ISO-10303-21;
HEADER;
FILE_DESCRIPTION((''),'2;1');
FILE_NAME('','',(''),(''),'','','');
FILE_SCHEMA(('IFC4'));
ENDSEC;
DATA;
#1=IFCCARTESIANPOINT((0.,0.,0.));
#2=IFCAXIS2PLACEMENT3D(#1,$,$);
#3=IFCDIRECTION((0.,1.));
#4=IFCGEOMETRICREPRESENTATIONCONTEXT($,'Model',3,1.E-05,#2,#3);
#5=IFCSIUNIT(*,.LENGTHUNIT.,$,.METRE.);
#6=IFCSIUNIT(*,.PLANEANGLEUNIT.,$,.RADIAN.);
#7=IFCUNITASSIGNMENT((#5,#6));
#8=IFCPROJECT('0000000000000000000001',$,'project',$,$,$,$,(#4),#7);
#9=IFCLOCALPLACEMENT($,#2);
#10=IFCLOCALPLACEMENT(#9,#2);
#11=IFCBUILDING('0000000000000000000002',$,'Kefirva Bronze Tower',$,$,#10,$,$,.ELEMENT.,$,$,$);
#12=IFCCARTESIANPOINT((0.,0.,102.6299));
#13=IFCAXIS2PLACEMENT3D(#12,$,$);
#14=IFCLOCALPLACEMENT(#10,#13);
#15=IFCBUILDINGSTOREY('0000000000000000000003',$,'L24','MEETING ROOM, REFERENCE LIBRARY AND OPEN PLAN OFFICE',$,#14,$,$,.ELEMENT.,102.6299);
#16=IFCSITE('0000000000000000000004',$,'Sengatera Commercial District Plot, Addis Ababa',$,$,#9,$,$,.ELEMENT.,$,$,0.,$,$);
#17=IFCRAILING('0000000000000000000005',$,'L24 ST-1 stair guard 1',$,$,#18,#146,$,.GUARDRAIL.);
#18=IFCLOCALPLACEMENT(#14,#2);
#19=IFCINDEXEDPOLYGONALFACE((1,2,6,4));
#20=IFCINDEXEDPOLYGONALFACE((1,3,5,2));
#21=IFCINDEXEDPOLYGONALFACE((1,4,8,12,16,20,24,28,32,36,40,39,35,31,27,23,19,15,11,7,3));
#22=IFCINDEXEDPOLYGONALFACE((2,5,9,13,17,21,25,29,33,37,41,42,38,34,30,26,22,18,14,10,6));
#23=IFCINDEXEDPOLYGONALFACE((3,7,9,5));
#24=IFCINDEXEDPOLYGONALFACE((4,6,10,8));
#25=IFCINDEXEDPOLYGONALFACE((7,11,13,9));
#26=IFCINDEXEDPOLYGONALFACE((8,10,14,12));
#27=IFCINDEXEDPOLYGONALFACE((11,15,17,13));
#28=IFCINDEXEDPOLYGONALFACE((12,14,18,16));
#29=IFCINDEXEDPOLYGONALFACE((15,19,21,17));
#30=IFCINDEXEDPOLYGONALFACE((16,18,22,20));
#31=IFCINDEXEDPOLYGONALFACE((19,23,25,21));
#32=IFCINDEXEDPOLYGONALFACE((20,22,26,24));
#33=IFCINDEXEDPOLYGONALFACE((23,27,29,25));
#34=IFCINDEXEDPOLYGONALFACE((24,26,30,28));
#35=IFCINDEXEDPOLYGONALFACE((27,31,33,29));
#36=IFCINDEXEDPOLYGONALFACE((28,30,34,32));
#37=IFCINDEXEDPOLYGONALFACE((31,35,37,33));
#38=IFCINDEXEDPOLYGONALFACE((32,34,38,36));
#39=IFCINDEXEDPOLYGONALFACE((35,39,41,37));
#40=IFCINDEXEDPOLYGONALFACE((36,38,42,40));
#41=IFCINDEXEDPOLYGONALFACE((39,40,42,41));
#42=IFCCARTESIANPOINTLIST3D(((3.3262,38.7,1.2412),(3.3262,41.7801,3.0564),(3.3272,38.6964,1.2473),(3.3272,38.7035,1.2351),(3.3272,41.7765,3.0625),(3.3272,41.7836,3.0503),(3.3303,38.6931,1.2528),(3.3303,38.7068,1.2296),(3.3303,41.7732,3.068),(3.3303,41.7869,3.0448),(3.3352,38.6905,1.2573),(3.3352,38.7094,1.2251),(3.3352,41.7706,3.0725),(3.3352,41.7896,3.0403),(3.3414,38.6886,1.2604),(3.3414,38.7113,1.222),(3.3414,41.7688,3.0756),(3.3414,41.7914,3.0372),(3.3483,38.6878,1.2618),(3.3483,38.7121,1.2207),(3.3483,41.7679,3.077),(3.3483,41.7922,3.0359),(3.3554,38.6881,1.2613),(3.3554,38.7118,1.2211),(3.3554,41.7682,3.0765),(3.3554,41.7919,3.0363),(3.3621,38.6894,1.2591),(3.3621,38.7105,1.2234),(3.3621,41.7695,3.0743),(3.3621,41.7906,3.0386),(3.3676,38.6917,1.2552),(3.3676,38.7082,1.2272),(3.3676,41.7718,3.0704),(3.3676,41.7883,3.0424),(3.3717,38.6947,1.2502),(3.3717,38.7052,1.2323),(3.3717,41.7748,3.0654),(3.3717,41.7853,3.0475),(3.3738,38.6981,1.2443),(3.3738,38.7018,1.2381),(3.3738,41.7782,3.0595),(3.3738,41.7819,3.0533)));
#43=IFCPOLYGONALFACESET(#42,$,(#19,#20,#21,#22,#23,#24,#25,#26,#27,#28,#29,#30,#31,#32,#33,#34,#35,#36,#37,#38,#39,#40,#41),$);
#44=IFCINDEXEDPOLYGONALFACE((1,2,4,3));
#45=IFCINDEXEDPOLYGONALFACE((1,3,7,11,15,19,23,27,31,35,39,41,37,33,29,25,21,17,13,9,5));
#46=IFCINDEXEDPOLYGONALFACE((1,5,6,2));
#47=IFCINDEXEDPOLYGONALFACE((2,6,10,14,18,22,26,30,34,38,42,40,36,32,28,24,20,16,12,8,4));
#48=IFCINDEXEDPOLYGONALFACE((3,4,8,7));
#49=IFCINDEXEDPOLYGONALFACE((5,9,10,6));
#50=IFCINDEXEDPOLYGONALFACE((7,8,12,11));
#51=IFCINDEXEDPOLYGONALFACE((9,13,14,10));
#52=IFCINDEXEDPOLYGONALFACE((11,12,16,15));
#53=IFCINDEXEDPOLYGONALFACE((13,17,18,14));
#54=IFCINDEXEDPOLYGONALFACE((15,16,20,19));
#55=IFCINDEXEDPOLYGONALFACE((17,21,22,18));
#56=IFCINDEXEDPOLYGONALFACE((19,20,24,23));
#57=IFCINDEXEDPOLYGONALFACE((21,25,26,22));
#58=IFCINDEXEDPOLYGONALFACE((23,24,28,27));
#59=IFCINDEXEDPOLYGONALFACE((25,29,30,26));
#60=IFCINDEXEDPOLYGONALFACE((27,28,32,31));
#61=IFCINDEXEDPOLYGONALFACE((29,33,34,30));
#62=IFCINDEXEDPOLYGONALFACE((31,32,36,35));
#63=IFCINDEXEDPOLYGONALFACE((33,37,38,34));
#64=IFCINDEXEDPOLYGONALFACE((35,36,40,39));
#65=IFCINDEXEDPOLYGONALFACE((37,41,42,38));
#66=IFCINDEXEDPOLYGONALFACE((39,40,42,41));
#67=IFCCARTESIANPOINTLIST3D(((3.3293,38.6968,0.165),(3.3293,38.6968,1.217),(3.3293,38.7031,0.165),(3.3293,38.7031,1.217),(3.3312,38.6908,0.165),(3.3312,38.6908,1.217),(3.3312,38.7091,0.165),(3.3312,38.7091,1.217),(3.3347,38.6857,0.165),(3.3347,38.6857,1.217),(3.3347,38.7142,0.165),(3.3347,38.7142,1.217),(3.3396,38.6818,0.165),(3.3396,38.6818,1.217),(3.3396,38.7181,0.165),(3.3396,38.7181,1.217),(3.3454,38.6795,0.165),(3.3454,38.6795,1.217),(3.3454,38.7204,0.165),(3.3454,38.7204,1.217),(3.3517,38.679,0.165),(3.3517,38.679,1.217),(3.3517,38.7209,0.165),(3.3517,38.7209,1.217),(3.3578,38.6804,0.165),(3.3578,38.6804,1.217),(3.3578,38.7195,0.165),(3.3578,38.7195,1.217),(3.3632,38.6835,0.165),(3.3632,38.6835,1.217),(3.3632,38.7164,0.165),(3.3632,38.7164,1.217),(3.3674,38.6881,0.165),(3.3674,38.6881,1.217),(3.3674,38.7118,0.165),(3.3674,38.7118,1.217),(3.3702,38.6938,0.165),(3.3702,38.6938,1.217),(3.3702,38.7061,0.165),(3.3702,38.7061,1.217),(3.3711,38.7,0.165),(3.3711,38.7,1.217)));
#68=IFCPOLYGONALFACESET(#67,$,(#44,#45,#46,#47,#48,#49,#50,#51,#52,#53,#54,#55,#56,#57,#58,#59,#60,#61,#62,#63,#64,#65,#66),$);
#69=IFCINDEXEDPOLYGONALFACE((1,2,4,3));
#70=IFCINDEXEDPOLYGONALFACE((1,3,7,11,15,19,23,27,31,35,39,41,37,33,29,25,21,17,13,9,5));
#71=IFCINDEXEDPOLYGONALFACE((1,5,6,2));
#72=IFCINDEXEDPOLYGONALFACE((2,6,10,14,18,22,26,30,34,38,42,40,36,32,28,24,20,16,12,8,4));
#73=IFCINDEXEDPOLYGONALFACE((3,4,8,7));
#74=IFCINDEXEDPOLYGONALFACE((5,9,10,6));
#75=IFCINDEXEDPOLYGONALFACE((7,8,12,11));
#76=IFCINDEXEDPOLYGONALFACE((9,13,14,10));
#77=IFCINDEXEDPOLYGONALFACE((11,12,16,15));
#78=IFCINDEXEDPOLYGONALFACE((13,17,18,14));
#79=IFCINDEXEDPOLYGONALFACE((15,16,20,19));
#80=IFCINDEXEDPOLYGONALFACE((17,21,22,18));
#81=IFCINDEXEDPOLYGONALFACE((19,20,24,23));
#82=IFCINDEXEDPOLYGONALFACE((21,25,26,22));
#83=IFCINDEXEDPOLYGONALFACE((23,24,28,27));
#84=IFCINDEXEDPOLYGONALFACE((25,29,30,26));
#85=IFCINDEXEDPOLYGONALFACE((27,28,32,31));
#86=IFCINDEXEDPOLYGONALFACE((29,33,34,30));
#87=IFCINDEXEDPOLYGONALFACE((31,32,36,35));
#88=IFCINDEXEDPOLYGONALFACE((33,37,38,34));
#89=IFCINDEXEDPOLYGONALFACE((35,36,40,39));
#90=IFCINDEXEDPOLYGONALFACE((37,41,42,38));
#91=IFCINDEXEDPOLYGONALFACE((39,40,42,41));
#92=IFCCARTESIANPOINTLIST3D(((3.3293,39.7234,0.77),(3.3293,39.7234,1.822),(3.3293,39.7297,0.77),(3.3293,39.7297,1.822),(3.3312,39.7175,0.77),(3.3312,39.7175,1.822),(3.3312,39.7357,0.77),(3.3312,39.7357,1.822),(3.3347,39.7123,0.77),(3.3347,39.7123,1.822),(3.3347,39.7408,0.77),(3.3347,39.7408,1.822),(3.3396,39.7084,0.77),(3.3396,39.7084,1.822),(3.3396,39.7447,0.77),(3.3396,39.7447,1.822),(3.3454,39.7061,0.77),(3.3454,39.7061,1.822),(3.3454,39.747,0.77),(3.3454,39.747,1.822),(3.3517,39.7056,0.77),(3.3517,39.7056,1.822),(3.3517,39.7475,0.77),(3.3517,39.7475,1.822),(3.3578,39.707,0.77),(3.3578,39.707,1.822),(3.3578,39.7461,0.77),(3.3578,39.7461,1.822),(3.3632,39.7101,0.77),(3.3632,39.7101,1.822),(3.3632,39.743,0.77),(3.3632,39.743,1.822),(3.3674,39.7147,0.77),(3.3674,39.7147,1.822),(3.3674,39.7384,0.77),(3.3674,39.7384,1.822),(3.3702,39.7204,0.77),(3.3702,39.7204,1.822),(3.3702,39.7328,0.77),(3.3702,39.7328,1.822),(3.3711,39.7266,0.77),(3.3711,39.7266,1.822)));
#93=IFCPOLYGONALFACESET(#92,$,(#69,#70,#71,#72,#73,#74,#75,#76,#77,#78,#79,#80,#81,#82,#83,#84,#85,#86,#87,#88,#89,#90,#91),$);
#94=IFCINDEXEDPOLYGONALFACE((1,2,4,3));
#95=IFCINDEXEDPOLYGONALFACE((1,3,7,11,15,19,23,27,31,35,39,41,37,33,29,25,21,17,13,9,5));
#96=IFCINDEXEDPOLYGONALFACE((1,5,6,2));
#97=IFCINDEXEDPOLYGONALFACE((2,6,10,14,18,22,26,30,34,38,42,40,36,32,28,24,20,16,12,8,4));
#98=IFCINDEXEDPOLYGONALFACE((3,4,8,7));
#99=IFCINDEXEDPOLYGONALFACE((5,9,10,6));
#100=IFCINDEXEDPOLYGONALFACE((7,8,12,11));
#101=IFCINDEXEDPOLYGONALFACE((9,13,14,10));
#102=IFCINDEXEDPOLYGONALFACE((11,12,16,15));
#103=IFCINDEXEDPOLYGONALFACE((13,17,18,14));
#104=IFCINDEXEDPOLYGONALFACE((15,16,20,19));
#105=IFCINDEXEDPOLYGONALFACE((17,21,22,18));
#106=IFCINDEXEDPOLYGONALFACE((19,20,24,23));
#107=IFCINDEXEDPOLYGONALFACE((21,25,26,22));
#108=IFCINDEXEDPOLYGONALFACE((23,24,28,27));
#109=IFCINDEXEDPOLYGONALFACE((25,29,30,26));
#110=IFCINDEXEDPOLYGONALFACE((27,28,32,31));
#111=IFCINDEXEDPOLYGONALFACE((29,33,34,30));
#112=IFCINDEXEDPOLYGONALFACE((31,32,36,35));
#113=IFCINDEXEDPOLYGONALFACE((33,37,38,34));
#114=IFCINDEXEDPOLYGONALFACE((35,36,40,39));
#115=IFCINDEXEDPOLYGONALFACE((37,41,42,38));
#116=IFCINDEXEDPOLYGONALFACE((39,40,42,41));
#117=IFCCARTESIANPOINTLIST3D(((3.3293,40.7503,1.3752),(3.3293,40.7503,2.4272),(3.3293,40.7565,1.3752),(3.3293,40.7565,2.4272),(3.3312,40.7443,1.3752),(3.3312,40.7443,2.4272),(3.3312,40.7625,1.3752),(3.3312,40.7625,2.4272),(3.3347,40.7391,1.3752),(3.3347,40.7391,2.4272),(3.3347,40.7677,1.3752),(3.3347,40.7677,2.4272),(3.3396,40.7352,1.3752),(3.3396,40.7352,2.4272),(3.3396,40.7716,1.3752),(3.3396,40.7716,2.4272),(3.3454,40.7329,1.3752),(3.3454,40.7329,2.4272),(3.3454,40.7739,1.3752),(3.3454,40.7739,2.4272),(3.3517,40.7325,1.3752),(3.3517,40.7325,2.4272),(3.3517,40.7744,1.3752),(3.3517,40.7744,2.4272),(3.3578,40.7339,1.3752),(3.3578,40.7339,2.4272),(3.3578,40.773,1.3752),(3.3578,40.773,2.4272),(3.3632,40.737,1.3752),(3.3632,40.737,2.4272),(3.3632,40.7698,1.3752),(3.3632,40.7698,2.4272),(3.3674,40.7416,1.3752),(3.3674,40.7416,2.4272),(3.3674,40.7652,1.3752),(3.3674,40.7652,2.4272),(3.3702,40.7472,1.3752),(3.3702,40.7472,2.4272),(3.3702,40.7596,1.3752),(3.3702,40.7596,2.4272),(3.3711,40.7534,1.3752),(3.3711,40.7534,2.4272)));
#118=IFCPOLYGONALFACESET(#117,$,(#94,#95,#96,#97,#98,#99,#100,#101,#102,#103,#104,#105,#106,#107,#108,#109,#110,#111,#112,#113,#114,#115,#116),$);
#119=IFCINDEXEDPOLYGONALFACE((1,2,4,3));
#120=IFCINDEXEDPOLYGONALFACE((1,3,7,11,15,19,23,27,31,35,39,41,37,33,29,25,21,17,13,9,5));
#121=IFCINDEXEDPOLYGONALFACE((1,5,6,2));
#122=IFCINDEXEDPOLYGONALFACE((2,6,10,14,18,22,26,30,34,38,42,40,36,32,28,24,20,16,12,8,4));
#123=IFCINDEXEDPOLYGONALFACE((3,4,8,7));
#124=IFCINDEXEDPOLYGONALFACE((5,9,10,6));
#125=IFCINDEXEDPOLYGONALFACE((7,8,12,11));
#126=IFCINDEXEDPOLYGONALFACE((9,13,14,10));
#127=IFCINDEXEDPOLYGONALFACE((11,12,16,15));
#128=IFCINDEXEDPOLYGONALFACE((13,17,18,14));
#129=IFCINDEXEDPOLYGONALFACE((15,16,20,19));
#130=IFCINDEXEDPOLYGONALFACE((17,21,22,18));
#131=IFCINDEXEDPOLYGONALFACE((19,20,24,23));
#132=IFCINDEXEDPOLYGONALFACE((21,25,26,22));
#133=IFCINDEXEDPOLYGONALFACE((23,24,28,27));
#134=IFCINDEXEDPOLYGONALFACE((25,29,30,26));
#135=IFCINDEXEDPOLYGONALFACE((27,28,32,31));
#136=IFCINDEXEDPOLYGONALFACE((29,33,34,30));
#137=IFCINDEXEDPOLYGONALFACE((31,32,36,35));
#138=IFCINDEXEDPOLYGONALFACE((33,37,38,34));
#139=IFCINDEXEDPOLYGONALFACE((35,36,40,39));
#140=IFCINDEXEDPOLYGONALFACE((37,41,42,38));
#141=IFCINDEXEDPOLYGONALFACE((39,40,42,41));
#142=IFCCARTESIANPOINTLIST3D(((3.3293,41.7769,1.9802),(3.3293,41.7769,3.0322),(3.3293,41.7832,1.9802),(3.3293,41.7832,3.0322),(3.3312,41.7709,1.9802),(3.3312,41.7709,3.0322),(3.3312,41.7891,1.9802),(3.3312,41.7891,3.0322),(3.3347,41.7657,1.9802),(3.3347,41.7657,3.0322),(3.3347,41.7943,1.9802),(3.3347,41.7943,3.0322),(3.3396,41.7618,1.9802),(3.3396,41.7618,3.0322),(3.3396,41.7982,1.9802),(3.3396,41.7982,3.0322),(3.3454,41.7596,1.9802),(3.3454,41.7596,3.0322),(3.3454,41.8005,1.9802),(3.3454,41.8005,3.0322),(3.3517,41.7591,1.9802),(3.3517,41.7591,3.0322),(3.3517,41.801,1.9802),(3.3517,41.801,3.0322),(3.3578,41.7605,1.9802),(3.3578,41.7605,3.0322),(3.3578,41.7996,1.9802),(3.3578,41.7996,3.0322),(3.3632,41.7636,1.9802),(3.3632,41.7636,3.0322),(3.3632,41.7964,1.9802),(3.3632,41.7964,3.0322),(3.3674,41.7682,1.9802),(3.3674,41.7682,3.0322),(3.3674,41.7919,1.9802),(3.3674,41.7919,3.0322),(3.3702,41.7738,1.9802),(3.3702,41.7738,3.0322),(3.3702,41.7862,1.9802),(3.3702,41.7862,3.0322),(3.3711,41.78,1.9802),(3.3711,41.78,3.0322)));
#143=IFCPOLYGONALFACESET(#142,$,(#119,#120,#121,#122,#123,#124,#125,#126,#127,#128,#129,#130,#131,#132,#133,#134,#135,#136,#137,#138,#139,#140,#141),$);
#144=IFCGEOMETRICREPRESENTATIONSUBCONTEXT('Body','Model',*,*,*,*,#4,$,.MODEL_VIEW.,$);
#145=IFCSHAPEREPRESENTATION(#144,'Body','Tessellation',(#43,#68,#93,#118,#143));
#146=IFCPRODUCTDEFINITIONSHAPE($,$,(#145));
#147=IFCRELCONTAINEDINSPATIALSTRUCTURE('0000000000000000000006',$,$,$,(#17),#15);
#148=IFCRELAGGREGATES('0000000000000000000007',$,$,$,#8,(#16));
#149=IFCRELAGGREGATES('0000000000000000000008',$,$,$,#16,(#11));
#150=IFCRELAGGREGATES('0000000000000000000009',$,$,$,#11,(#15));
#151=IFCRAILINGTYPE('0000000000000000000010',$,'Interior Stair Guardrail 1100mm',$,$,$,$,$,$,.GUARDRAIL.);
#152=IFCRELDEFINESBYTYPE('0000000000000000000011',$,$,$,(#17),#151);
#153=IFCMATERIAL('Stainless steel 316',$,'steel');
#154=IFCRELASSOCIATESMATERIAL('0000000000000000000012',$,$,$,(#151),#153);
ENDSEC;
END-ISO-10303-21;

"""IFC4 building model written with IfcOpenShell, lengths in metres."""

from ifc_helpers import new_model, si_unit, direction, frame, origin, origin_2d, place, context, subcontext, project, spatial, circle, extrude, material, type_object, element, save


model = new_model("IFC4")

# Units and contexts
model_context = context("Model", 3, precision=1e-05, world=origin(), true_north=direction((0.0, 1.0)))
body_context = subcontext(model_context, "Body", "Model", "MODEL_VIEW")
ifc_project = project(units=[si_unit("LENGTHUNIT", "METRE"), si_unit("PLANEANGLEUNIT", "RADIAN")], contexts=[model_context])

# Site, building, storey
site_placement = place(None, origin())
site = spatial("IfcSite", under=ifc_project, at=site_placement, Name="Sengatera Commercial District Plot, Addis Ababa", CompositionType="ELEMENT", RefElevation=0.0)
building_placement = place(site_placement, origin())
building = spatial("IfcBuilding", under=site, at=building_placement, Name="Kefirva Bronze Tower", CompositionType="ELEMENT")
storey_placement = place(building_placement, frame((0.0, 0.0, 102.6299)))
storey = spatial("IfcBuildingStorey", under=building, at=storey_placement, Name="L24", Description="MEETING ROOM, REFERENCE LIBRARY AND OPEN PLAN OFFICE", CompositionType="ELEMENT", Elevation=102.6299)

# Railing
ifc_material_1 = material(Name="Stainless steel 316", Category="steel")
railing_type_1 = type_object("IfcRailingType", Name="Interior Stair Guardrail 1100mm", PredefinedType="GUARDRAIL", material=ifc_material_1)
railing_1_placement = place(storey_placement, frame((3.3501, 38.7, 0.165)))
element("IfcRailing", 1, at=railing_1_placement, inside=storey, type_object=railing_type_1, Name="L24 ST-1 stair guard 1", PredefinedType="GUARDRAIL", context=body_context, shape_type="SweptSolid", body=[
    extrude(circle(Radius=0.0239, at=origin_2d()), frame((0.0, 0.0, 1.0762), z_axis=(0.0, 0.861521, 0.507721), x_axis=(-1.0, 0.0, 0.0)), (0.0, 0.0, 1.0), 3.5752),
    extrude(circle(Radius=0.021, at=origin_2d()), origin(), (0.0, 0.0, 1.0), 1.052),
    extrude(circle(Radius=0.021, at=origin_2d()), frame((0.0, 1.0266, 0.605)), (0.0, 0.0, 1.0), 1.052),
    extrude(circle(Radius=0.021, at=origin_2d()), frame((0.0, 2.0535, 1.2102)), (0.0, 0.0, 1.0), 1.052),
    extrude(circle(Radius=0.021, at=origin_2d()), frame((0.0, 3.0801, 1.8152)), (0.0, 0.0, 1.0), 1.052),
])

save(model, "model.ifc")
